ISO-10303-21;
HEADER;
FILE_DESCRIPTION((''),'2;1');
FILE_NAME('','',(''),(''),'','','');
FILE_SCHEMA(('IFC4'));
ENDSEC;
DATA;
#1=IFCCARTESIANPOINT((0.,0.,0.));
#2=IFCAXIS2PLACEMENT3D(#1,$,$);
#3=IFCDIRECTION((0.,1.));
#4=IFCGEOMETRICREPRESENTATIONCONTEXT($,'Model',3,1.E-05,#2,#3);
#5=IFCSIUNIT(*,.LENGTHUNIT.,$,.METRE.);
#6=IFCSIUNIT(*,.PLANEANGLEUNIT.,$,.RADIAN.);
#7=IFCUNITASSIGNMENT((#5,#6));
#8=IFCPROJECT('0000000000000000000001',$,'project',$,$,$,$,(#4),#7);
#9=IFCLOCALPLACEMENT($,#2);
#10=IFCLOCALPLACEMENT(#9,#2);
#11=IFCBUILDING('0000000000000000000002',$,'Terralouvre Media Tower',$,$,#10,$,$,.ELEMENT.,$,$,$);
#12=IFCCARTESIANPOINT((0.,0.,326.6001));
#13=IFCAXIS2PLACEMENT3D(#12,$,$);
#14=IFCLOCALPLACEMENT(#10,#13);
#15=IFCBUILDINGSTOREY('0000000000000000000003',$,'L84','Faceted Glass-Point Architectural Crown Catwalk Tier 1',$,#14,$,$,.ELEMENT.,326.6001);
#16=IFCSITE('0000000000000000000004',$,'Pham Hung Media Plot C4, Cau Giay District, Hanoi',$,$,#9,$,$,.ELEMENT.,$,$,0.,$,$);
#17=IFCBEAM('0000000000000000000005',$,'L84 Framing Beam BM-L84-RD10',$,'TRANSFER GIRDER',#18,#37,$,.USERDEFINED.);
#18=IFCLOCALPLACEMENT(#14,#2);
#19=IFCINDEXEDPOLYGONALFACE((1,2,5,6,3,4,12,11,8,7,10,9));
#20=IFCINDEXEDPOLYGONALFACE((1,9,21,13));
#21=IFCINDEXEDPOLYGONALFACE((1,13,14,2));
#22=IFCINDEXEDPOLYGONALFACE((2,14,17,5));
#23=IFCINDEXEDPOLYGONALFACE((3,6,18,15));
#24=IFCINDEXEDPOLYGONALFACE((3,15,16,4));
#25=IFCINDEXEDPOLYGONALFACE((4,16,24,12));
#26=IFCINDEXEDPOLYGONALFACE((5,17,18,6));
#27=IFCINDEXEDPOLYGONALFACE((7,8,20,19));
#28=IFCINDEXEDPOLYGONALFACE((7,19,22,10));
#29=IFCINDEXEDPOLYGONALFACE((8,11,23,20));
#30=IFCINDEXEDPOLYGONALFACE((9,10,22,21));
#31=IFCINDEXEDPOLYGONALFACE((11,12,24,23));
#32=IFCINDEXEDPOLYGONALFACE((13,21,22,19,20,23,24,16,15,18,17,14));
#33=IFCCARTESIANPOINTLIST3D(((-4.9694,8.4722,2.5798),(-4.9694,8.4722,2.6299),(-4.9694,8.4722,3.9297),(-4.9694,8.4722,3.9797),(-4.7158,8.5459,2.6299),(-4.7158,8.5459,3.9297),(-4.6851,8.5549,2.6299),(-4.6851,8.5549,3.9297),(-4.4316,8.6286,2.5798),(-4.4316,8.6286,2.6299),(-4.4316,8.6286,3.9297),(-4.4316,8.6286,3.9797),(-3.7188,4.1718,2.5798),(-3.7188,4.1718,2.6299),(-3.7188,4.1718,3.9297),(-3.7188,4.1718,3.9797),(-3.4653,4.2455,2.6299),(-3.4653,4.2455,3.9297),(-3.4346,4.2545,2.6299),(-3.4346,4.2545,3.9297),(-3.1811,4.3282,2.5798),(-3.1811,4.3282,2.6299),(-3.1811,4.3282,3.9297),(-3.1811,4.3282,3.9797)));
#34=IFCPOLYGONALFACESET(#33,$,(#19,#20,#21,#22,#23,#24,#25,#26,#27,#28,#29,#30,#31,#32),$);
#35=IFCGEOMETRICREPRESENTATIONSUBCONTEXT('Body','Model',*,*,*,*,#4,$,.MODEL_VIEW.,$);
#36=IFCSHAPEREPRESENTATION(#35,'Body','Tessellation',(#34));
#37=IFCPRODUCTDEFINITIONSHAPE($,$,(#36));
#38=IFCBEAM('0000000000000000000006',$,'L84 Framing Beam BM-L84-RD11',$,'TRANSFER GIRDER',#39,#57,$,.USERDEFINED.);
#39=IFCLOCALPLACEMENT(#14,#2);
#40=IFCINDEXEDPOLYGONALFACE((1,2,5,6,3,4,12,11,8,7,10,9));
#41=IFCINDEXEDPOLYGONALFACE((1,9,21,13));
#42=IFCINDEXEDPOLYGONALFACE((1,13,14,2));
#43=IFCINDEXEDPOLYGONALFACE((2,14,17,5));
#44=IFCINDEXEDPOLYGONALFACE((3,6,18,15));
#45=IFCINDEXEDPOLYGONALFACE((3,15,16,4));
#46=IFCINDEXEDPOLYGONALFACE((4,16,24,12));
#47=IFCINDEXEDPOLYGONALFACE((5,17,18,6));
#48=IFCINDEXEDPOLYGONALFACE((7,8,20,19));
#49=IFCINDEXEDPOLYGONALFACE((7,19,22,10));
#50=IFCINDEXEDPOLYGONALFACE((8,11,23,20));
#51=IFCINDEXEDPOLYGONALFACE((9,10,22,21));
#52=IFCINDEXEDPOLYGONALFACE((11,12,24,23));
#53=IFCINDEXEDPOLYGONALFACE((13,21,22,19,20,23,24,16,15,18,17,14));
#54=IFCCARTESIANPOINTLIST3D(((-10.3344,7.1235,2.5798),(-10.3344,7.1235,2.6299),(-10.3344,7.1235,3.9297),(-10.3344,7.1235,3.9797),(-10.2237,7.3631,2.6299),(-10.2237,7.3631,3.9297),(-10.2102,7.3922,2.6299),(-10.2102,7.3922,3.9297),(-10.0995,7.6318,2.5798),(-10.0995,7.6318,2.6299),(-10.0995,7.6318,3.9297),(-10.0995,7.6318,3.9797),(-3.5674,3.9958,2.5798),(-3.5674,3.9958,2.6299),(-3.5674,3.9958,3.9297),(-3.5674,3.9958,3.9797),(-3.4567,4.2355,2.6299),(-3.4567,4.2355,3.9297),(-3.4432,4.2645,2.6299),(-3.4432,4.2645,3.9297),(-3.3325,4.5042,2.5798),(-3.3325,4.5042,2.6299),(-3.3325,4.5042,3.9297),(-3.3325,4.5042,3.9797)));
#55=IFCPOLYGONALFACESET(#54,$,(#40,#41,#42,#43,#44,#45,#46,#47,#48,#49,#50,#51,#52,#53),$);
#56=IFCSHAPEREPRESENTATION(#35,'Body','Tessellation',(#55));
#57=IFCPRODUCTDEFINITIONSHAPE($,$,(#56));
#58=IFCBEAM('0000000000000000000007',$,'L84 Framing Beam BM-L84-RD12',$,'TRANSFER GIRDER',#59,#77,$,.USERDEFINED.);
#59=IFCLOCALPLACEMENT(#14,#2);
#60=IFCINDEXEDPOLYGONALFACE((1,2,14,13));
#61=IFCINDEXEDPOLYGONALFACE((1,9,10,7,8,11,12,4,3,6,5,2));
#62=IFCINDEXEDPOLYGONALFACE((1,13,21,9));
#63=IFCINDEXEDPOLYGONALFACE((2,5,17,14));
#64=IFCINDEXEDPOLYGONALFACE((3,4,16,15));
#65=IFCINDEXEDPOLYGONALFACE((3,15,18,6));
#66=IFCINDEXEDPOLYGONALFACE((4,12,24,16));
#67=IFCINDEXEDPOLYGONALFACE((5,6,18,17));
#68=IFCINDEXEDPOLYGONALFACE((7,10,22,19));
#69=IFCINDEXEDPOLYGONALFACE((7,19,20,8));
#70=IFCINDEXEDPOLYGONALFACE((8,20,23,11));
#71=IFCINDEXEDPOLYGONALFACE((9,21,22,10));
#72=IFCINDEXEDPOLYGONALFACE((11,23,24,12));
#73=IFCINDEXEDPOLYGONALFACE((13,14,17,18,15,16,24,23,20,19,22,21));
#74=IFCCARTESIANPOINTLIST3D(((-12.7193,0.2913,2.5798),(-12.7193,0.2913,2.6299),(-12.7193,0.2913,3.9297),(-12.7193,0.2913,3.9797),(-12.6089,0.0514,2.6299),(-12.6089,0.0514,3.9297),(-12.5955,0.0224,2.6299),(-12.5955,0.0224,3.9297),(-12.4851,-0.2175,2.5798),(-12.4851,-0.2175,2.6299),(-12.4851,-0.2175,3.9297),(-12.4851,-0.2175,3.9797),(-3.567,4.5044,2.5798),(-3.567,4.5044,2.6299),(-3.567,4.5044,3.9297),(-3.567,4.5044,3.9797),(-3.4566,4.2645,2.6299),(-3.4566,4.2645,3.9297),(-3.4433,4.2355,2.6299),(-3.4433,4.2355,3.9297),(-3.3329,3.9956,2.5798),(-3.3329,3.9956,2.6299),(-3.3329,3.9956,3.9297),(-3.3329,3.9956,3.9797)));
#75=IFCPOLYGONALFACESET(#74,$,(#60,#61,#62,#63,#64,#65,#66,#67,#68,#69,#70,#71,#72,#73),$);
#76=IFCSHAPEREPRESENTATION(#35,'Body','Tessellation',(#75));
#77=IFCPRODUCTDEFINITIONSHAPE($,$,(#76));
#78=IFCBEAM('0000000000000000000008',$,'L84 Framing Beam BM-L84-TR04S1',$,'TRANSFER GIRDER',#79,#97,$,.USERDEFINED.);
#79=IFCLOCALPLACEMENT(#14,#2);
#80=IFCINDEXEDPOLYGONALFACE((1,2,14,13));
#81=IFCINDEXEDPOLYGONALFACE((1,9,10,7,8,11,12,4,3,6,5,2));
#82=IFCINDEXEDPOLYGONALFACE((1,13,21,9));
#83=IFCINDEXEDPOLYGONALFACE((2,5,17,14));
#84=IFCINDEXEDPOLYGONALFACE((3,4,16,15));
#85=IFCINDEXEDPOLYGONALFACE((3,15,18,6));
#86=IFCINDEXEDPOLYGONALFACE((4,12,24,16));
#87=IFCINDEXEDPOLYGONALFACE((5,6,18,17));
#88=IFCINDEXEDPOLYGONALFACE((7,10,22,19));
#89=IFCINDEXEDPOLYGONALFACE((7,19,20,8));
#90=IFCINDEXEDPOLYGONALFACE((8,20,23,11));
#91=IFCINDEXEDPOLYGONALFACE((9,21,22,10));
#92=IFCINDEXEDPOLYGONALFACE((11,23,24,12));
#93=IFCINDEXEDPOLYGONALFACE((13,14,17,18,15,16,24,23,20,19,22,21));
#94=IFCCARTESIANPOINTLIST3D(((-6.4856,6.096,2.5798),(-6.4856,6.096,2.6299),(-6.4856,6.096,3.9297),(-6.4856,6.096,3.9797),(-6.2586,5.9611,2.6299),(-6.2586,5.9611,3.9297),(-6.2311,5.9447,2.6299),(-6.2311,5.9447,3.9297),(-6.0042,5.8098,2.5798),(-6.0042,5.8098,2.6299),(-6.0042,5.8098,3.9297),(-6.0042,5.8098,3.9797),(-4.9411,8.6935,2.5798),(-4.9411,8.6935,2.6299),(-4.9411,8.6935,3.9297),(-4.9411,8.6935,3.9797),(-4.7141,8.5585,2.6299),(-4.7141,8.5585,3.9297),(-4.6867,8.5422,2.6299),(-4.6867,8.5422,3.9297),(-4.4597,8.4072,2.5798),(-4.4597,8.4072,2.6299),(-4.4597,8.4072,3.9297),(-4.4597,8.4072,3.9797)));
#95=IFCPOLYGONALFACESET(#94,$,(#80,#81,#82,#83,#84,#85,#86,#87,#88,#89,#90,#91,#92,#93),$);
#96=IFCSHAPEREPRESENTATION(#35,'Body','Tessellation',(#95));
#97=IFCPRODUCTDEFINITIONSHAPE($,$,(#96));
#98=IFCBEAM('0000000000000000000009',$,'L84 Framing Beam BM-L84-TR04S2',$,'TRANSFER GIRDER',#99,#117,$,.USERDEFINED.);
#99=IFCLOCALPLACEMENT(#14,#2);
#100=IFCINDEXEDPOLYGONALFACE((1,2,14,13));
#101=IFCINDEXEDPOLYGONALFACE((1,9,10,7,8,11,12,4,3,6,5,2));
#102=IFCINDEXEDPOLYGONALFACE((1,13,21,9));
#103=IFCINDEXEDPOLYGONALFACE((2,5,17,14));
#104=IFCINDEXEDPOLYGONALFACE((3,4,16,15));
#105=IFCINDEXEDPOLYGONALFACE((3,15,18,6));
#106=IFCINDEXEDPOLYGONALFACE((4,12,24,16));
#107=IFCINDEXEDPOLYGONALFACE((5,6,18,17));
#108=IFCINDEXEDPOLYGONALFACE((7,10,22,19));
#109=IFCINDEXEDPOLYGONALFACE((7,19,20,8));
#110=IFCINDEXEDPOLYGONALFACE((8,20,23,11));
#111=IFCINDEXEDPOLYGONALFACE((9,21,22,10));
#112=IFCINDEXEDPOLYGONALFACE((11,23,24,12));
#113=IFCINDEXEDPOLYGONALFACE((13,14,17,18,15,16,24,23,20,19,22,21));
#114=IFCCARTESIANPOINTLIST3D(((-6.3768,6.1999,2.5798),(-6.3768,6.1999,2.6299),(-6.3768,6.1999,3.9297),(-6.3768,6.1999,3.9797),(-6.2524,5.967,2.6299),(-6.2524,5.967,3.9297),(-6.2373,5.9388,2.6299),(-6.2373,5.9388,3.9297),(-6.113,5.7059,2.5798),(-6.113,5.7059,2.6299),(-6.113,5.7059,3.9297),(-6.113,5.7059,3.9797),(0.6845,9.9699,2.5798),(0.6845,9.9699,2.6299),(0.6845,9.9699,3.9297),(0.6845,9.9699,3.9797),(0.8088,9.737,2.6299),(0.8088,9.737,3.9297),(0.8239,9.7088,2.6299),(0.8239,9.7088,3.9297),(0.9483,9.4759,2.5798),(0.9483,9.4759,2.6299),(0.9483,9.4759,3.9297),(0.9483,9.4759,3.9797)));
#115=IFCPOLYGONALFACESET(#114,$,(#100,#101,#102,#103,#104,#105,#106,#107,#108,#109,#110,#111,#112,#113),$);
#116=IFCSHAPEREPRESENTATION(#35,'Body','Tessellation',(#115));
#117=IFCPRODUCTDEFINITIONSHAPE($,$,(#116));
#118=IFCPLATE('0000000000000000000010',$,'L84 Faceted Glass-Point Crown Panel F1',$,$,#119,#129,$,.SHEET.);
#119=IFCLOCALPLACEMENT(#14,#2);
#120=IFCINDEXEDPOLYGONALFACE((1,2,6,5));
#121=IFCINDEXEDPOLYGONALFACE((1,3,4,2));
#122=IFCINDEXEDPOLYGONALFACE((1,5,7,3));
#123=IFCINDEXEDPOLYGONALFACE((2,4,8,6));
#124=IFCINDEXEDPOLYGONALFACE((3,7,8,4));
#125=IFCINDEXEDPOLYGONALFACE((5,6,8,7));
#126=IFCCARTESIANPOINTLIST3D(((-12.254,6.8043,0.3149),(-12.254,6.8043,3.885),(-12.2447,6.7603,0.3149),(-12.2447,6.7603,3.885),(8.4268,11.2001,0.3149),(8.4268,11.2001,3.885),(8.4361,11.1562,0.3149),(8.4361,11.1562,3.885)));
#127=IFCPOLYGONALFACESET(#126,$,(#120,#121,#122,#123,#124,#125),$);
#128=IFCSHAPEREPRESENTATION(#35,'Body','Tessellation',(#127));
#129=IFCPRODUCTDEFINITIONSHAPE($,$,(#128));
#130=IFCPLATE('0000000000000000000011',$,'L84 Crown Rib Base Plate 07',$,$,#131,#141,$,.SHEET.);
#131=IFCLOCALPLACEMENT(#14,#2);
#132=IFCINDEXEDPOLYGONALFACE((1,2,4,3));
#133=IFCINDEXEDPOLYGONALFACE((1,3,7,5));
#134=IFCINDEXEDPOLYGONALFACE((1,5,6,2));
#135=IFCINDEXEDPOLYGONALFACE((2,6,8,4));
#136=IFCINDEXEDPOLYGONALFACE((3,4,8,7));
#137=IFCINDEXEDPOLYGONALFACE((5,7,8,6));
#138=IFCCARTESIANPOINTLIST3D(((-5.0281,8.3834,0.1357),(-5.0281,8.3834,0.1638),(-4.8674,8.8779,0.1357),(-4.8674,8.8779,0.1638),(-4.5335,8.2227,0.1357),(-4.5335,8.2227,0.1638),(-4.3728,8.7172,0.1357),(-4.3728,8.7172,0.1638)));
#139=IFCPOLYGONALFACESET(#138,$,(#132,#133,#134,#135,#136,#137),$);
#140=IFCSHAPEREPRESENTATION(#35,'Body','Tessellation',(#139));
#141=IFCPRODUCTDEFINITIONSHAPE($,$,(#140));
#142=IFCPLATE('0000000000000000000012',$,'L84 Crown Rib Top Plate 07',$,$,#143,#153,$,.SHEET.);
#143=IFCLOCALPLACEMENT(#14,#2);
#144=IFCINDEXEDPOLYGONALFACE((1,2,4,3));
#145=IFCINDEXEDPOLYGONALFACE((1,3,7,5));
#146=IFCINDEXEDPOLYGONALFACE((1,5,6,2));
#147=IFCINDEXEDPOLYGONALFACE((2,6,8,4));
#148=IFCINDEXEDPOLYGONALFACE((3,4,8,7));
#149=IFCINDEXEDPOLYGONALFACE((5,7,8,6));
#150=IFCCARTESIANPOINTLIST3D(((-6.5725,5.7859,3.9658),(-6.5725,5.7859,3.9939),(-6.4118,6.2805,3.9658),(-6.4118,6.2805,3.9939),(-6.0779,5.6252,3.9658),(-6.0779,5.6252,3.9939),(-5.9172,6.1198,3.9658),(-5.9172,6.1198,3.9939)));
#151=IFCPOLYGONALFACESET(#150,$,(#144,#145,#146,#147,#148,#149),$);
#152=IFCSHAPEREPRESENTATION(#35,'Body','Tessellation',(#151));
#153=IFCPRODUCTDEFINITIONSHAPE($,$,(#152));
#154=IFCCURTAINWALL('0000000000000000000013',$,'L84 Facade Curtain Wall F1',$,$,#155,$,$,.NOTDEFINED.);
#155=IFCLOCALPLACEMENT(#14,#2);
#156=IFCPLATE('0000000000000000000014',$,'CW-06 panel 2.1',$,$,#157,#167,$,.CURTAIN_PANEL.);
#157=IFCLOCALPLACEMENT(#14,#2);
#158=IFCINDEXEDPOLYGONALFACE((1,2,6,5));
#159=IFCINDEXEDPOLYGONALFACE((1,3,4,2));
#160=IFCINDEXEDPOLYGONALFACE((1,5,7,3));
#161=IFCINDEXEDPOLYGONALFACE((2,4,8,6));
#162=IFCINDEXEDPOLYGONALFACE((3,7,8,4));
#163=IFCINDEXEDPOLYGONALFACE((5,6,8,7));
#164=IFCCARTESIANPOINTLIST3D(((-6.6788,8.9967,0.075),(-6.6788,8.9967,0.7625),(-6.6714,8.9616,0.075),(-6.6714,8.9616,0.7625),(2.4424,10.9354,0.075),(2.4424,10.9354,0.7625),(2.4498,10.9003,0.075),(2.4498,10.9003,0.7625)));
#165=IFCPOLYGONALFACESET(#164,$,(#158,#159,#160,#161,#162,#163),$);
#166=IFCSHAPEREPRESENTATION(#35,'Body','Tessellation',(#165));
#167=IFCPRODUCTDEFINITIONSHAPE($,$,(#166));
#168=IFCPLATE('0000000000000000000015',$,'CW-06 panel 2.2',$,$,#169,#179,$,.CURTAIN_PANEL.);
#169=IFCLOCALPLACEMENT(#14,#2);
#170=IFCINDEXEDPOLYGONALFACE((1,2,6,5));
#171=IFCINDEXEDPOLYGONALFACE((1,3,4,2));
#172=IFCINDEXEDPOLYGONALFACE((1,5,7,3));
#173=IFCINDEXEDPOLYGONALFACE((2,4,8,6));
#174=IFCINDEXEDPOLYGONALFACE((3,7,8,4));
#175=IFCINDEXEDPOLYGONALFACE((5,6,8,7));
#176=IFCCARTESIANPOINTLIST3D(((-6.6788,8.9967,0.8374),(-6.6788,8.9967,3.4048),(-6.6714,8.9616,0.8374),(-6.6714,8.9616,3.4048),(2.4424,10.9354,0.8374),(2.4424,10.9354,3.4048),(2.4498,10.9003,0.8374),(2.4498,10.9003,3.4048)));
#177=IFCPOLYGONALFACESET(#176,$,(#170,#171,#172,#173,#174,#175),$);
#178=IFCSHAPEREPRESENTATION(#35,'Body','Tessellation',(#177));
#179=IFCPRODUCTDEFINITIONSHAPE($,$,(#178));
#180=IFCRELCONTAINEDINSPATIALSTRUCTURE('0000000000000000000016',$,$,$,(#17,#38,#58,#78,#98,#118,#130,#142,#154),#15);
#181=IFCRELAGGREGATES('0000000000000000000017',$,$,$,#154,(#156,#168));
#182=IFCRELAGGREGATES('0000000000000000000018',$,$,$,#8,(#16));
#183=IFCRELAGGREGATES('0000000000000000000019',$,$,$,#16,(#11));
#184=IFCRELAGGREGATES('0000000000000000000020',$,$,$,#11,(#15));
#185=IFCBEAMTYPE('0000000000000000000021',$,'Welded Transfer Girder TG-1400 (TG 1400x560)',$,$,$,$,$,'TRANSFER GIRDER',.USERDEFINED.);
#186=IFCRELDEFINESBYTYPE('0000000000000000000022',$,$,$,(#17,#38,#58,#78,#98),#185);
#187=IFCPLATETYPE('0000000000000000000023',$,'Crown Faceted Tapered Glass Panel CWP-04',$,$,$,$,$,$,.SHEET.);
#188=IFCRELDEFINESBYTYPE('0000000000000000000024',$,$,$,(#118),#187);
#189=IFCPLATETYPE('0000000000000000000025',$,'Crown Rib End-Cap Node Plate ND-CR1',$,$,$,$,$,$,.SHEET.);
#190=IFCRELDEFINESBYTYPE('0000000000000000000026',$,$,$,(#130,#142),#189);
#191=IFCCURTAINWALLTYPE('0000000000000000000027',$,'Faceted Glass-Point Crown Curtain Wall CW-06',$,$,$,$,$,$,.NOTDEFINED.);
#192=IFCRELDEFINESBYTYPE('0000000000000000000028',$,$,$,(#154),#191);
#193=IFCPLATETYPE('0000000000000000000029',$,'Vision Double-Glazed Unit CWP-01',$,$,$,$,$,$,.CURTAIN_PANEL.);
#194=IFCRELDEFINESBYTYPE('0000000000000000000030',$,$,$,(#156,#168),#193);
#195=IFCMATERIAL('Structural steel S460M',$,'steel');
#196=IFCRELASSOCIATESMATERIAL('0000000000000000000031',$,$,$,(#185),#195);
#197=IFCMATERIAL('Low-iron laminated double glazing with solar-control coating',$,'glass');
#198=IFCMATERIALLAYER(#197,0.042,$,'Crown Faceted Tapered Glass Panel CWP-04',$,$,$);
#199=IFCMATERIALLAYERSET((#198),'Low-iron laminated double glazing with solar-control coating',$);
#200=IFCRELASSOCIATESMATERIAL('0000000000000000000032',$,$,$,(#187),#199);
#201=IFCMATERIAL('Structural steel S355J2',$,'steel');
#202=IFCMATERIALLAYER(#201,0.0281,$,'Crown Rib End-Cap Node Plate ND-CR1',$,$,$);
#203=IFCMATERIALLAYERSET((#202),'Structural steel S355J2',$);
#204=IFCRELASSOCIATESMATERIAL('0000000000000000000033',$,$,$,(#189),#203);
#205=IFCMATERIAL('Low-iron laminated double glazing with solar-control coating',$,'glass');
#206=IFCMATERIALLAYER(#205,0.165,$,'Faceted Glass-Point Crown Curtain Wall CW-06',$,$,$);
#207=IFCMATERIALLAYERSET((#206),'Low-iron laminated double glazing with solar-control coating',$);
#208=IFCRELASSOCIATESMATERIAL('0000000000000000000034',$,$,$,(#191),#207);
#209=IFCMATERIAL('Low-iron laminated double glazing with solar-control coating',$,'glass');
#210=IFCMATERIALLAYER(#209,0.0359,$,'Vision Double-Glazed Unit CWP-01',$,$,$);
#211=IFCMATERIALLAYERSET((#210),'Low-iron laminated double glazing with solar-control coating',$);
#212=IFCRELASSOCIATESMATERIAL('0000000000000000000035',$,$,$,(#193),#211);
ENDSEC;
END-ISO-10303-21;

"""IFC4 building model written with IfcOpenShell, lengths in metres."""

from ifc_helpers import new_model, si_unit, direction, frame, origin, origin_2d, place, context, subcontext, project, spatial, rectangle, i_section, extrude, material, layer, layer_set, material_profile, profile_set, type_object, element, aggregate, save


model = new_model("IFC4")

# Units and contexts
model_context = context("Model", 3, precision=1e-05, world=origin(), true_north=direction((0.0, 1.0)))
body_context = subcontext(model_context, "Body", "Model", "MODEL_VIEW")
ifc_project = project(units=[si_unit("LENGTHUNIT", "METRE"), si_unit("PLANEANGLEUNIT", "RADIAN")], contexts=[model_context])

# Site, building, storey
site_placement = place(None, origin())
site = spatial("IfcSite", under=ifc_project, at=site_placement, Name="Pham Hung Media Plot C4, Cau Giay District, Hanoi", CompositionType="ELEMENT", RefElevation=0.0)
building_placement = place(site_placement, origin())
building = spatial("IfcBuilding", under=site, at=building_placement, Name="Terralouvre Media Tower", CompositionType="ELEMENT")
storey_placement = place(building_placement, frame((0.0, 0.0, 326.6001)))
storey = spatial("IfcBuildingStorey", under=building, at=storey_placement, Name="L84", Description="Faceted Glass-Point Architectural Crown Catwalk Tier 1", CompositionType="ELEMENT", Elevation=326.6001)

# Beams
ifc_material_1 = material(Name="Structural steel S460M", Category="steel")
ifc_material_profile_1 = material_profile(ifc_material_1, i_section(OverallWidth=0.5601, OverallDepth=1.3999, WebThickness=0.032, FlangeThickness=0.05, at=origin_2d()), Name="TG 1400x560")
ifc_profile_set_1 = profile_set([ifc_material_profile_1], Name="Structural steel S460M")
beam_type = type_object("IfcBeamType", Name="Welded Transfer Girder TG-1400 (TG 1400x560)", ElementType="TRANSFER GIRDER", PredefinedType="USERDEFINED", material=ifc_profile_set_1)
beam_1_placement = place(storey_placement, frame((-3.45, 4.25, 3.2798), z_axis=(-0.279225, 0.960226, 0.0), x_axis=(-0.960226, -0.279225, 0.0)))
element("IfcBeam", 1, at=beam_1_placement, inside=storey, type_object=beam_type, Name="L84 Framing Beam BM-L84-RD10", ObjectType="TRANSFER GIRDER", PredefinedType="USERDEFINED", context=body_context, shape_type="SweptSolid", body=[
    extrude(i_section(OverallWidth=0.5601, OverallDepth=1.3999, WebThickness=0.032, FlangeThickness=0.05, at=origin_2d()), origin(), (0.0, 0.0, 1.0), 4.4785),
])
beam_2_placement = place(storey_placement, frame((-3.45, 4.25, 3.2798), z_axis=(-0.907734, 0.419546, 0.0), x_axis=(-0.419546, -0.907734, 0.0)))
element("IfcBeam", 2, at=beam_2_placement, inside=storey, type_object=beam_type, Name="L84 Framing Beam BM-L84-RD11", ObjectType="TRANSFER GIRDER", PredefinedType="USERDEFINED", context=body_context, shape_type="SweptSolid", body=[
    extrude(i_section(OverallWidth=0.5601, OverallDepth=1.3999, WebThickness=0.032, FlangeThickness=0.05, at=origin_2d()), origin(), (0.0, 0.0, 1.0), 7.4548),
])
beam_3_placement = place(storey_placement, frame((-3.45, 4.25, 3.2798), z_axis=(-0.908375, -0.418156, 0.0), x_axis=(0.418156, -0.908375, 0.0)))
element("IfcBeam", 3, at=beam_3_placement, inside=storey, type_object=beam_type, Name="L84 Framing Beam BM-L84-RD12", ObjectType="TRANSFER GIRDER", PredefinedType="USERDEFINED", context=body_context, shape_type="SweptSolid", body=[
    extrude(i_section(OverallWidth=0.5601, OverallDepth=1.3999, WebThickness=0.032, FlangeThickness=0.05, at=origin_2d()), origin(), (0.0, 0.0, 1.0), 10.0754),
])
beam_4_placement = place(storey_placement, frame((-6.2449, 5.9529, 3.2798), z_axis=(0.511082, 0.859532, 0.0), x_axis=(-0.859532, 0.511082, 0.0)))
element("IfcBeam", 4, at=beam_4_placement, inside=storey, type_object=beam_type, Name="L84 Framing Beam BM-L84-TR04S1", ObjectType="TRANSFER GIRDER", PredefinedType="USERDEFINED", context=body_context, shape_type="SweptSolid", body=[
    extrude(i_section(OverallWidth=0.5601, OverallDepth=1.3999, WebThickness=0.032, FlangeThickness=0.05, at=origin_2d()), origin(), (0.0, 0.0, 1.0), 3.022),
])
beam_5_placement = place(storey_placement, frame((-6.2449, 5.9529, 3.2798), z_axis=(0.882145, 0.470978, 0.0), x_axis=(-0.470978, 0.882145, 0.0)))
element("IfcBeam", 5, at=beam_5_placement, inside=storey, type_object=beam_type, Name="L84 Framing Beam BM-L84-TR04S2", ObjectType="TRANSFER GIRDER", PredefinedType="USERDEFINED", context=body_context, shape_type="SweptSolid", body=[
    extrude(i_section(OverallWidth=0.5601, OverallDepth=1.3999, WebThickness=0.032, FlangeThickness=0.05, at=origin_2d()), origin(), (0.0, 0.0, 1.0), 8.0046),
])

# Plates
ifc_material_2 = material(Name="Low-iron laminated double glazing with solar-control coating", Category="glass")
ifc_layer_1 = layer(ifc_material_2, 0.042, Name="Crown Faceted Tapered Glass Panel CWP-04")
ifc_layer_set_1 = layer_set([ifc_layer_1], Name="Low-iron laminated double glazing with solar-control coating")
plate_type_1 = type_object("IfcPlateType", Name="Crown Faceted Tapered Glass Panel CWP-04", PredefinedType="SHEET", material=ifc_layer_set_1)
plate_1_placement = place(storey_placement, frame((-1.9089, 8.9802, 0.3149), z_axis=(0.0, 0.0, 1.0), x_axis=(-0.978148, -0.207912, 0.0)))
element("IfcPlate", 6, at=plate_1_placement, inside=storey, type_object=plate_type_1, Name="L84 Faceted Glass-Point Crown Panel F1", PredefinedType="SHEET", context=body_context, shape_type="SweptSolid", body=[
    extrude(rectangle(XDim=21.1428, YDim=0.0449, at=origin_2d()), origin(), (0.0, 0.0, 1.0), 3.5701),
])
ifc_material_3 = material(Name="Structural steel S355J2", Category="steel")
ifc_layer_2 = layer(ifc_material_3, 0.0281, Name="Crown Rib End-Cap Node Plate ND-CR1")
ifc_layer_set_2 = layer_set([ifc_layer_2], Name="Structural steel S355J2")
plate_type_2 = type_object("IfcPlateType", Name="Crown Rib End-Cap Node Plate ND-CR1", PredefinedType="SHEET", material=ifc_layer_set_2)
for number, where, z_axis, x_axis, name in (
    (7, (-4.7004, 8.5503, 0.1357), (0.0, 0.0, 1.0), (0.309017, 0.951057, 0.0), "L84 Crown Rib Base Plate 07"),
    (8, (-6.2449, 5.9529, 3.9658), (0.0, 0.0, 1.0), (0.309017, 0.951057, 0.0), "L84 Crown Rib Top Plate 07"),
):
    element("IfcPlate", number, at=place(storey_placement, frame(where, z_axis=z_axis, x_axis=x_axis)), inside=storey, type_object=plate_type_2, Name=name, PredefinedType="SHEET", context=body_context, shape_type="SweptSolid", body=[
        extrude(rectangle(XDim=0.52, YDim=0.52, at=origin_2d()), origin(), (0.0, 0.0, 1.0), 0.0281),
    ])

# Curtain wall, plates
ifc_material_4 = material(Name="Low-iron laminated double glazing with solar-control coating", Category="glass")
ifc_layer_3 = layer(ifc_material_4, 0.165, Name="Faceted Glass-Point Crown Curtain Wall CW-06")
ifc_layer_set_3 = layer_set([ifc_layer_3], Name="Low-iron laminated double glazing with solar-control coating")
curtain_wall_type = type_object("IfcCurtainWallType", Name="Faceted Glass-Point Crown Curtain Wall CW-06", PredefinedType="NOTDEFINED", material=ifc_layer_set_3)
curtain_wall_placement = place(storey_placement, origin())
curtain_wall = element("IfcCurtainWall", 9, at=curtain_wall_placement, inside=storey, type_object=curtain_wall_type, Name="L84 Facade Curtain Wall F1", PredefinedType="NOTDEFINED")
ifc_material_5 = material(Name="Low-iron laminated double glazing with solar-control coating", Category="glass")
ifc_layer_4 = layer(ifc_material_5, 0.0359, Name="Vision Double-Glazed Unit CWP-01")
ifc_layer_set_4 = layer_set([ifc_layer_4], Name="Low-iron laminated double glazing with solar-control coating")
plate_type_3 = type_object("IfcPlateType", Name="Vision Double-Glazed Unit CWP-01", PredefinedType="CURTAIN_PANEL", material=ifc_layer_set_4)
plate_2_placement = place(storey_placement, frame((-2.1145, 9.9485, 0.075), z_axis=(0.0, 0.0, 1.0), x_axis=(-0.978148, -0.207912, 0.0)))
plate_2 = element("IfcPlate", 10, at=plate_2_placement, type_object=plate_type_3, Name="CW-06 panel 2.1", PredefinedType="CURTAIN_PANEL", context=body_context, shape_type="SweptSolid", body=[
    extrude(rectangle(XDim=9.325, YDim=0.0359, at=origin_2d()), origin(), (0.0, 0.0, 1.0), 0.6875),
])
plate_3_placement = place(storey_placement, frame((-2.1145, 9.9485, 0.8374), z_axis=(0.0, 0.0, 1.0), x_axis=(-0.978148, -0.207912, 0.0)))
plate_3 = element("IfcPlate", 11, at=plate_3_placement, type_object=plate_type_3, Name="CW-06 panel 2.2", PredefinedType="CURTAIN_PANEL", context=body_context, shape_type="SweptSolid", body=[
    extrude(rectangle(XDim=9.325, YDim=0.0359, at=origin_2d()), origin(), (0.0, 0.0, 1.0), 2.5674),
])
aggregate(curtain_wall, [plate_2, plate_3])

save(model, "model.ifc")
